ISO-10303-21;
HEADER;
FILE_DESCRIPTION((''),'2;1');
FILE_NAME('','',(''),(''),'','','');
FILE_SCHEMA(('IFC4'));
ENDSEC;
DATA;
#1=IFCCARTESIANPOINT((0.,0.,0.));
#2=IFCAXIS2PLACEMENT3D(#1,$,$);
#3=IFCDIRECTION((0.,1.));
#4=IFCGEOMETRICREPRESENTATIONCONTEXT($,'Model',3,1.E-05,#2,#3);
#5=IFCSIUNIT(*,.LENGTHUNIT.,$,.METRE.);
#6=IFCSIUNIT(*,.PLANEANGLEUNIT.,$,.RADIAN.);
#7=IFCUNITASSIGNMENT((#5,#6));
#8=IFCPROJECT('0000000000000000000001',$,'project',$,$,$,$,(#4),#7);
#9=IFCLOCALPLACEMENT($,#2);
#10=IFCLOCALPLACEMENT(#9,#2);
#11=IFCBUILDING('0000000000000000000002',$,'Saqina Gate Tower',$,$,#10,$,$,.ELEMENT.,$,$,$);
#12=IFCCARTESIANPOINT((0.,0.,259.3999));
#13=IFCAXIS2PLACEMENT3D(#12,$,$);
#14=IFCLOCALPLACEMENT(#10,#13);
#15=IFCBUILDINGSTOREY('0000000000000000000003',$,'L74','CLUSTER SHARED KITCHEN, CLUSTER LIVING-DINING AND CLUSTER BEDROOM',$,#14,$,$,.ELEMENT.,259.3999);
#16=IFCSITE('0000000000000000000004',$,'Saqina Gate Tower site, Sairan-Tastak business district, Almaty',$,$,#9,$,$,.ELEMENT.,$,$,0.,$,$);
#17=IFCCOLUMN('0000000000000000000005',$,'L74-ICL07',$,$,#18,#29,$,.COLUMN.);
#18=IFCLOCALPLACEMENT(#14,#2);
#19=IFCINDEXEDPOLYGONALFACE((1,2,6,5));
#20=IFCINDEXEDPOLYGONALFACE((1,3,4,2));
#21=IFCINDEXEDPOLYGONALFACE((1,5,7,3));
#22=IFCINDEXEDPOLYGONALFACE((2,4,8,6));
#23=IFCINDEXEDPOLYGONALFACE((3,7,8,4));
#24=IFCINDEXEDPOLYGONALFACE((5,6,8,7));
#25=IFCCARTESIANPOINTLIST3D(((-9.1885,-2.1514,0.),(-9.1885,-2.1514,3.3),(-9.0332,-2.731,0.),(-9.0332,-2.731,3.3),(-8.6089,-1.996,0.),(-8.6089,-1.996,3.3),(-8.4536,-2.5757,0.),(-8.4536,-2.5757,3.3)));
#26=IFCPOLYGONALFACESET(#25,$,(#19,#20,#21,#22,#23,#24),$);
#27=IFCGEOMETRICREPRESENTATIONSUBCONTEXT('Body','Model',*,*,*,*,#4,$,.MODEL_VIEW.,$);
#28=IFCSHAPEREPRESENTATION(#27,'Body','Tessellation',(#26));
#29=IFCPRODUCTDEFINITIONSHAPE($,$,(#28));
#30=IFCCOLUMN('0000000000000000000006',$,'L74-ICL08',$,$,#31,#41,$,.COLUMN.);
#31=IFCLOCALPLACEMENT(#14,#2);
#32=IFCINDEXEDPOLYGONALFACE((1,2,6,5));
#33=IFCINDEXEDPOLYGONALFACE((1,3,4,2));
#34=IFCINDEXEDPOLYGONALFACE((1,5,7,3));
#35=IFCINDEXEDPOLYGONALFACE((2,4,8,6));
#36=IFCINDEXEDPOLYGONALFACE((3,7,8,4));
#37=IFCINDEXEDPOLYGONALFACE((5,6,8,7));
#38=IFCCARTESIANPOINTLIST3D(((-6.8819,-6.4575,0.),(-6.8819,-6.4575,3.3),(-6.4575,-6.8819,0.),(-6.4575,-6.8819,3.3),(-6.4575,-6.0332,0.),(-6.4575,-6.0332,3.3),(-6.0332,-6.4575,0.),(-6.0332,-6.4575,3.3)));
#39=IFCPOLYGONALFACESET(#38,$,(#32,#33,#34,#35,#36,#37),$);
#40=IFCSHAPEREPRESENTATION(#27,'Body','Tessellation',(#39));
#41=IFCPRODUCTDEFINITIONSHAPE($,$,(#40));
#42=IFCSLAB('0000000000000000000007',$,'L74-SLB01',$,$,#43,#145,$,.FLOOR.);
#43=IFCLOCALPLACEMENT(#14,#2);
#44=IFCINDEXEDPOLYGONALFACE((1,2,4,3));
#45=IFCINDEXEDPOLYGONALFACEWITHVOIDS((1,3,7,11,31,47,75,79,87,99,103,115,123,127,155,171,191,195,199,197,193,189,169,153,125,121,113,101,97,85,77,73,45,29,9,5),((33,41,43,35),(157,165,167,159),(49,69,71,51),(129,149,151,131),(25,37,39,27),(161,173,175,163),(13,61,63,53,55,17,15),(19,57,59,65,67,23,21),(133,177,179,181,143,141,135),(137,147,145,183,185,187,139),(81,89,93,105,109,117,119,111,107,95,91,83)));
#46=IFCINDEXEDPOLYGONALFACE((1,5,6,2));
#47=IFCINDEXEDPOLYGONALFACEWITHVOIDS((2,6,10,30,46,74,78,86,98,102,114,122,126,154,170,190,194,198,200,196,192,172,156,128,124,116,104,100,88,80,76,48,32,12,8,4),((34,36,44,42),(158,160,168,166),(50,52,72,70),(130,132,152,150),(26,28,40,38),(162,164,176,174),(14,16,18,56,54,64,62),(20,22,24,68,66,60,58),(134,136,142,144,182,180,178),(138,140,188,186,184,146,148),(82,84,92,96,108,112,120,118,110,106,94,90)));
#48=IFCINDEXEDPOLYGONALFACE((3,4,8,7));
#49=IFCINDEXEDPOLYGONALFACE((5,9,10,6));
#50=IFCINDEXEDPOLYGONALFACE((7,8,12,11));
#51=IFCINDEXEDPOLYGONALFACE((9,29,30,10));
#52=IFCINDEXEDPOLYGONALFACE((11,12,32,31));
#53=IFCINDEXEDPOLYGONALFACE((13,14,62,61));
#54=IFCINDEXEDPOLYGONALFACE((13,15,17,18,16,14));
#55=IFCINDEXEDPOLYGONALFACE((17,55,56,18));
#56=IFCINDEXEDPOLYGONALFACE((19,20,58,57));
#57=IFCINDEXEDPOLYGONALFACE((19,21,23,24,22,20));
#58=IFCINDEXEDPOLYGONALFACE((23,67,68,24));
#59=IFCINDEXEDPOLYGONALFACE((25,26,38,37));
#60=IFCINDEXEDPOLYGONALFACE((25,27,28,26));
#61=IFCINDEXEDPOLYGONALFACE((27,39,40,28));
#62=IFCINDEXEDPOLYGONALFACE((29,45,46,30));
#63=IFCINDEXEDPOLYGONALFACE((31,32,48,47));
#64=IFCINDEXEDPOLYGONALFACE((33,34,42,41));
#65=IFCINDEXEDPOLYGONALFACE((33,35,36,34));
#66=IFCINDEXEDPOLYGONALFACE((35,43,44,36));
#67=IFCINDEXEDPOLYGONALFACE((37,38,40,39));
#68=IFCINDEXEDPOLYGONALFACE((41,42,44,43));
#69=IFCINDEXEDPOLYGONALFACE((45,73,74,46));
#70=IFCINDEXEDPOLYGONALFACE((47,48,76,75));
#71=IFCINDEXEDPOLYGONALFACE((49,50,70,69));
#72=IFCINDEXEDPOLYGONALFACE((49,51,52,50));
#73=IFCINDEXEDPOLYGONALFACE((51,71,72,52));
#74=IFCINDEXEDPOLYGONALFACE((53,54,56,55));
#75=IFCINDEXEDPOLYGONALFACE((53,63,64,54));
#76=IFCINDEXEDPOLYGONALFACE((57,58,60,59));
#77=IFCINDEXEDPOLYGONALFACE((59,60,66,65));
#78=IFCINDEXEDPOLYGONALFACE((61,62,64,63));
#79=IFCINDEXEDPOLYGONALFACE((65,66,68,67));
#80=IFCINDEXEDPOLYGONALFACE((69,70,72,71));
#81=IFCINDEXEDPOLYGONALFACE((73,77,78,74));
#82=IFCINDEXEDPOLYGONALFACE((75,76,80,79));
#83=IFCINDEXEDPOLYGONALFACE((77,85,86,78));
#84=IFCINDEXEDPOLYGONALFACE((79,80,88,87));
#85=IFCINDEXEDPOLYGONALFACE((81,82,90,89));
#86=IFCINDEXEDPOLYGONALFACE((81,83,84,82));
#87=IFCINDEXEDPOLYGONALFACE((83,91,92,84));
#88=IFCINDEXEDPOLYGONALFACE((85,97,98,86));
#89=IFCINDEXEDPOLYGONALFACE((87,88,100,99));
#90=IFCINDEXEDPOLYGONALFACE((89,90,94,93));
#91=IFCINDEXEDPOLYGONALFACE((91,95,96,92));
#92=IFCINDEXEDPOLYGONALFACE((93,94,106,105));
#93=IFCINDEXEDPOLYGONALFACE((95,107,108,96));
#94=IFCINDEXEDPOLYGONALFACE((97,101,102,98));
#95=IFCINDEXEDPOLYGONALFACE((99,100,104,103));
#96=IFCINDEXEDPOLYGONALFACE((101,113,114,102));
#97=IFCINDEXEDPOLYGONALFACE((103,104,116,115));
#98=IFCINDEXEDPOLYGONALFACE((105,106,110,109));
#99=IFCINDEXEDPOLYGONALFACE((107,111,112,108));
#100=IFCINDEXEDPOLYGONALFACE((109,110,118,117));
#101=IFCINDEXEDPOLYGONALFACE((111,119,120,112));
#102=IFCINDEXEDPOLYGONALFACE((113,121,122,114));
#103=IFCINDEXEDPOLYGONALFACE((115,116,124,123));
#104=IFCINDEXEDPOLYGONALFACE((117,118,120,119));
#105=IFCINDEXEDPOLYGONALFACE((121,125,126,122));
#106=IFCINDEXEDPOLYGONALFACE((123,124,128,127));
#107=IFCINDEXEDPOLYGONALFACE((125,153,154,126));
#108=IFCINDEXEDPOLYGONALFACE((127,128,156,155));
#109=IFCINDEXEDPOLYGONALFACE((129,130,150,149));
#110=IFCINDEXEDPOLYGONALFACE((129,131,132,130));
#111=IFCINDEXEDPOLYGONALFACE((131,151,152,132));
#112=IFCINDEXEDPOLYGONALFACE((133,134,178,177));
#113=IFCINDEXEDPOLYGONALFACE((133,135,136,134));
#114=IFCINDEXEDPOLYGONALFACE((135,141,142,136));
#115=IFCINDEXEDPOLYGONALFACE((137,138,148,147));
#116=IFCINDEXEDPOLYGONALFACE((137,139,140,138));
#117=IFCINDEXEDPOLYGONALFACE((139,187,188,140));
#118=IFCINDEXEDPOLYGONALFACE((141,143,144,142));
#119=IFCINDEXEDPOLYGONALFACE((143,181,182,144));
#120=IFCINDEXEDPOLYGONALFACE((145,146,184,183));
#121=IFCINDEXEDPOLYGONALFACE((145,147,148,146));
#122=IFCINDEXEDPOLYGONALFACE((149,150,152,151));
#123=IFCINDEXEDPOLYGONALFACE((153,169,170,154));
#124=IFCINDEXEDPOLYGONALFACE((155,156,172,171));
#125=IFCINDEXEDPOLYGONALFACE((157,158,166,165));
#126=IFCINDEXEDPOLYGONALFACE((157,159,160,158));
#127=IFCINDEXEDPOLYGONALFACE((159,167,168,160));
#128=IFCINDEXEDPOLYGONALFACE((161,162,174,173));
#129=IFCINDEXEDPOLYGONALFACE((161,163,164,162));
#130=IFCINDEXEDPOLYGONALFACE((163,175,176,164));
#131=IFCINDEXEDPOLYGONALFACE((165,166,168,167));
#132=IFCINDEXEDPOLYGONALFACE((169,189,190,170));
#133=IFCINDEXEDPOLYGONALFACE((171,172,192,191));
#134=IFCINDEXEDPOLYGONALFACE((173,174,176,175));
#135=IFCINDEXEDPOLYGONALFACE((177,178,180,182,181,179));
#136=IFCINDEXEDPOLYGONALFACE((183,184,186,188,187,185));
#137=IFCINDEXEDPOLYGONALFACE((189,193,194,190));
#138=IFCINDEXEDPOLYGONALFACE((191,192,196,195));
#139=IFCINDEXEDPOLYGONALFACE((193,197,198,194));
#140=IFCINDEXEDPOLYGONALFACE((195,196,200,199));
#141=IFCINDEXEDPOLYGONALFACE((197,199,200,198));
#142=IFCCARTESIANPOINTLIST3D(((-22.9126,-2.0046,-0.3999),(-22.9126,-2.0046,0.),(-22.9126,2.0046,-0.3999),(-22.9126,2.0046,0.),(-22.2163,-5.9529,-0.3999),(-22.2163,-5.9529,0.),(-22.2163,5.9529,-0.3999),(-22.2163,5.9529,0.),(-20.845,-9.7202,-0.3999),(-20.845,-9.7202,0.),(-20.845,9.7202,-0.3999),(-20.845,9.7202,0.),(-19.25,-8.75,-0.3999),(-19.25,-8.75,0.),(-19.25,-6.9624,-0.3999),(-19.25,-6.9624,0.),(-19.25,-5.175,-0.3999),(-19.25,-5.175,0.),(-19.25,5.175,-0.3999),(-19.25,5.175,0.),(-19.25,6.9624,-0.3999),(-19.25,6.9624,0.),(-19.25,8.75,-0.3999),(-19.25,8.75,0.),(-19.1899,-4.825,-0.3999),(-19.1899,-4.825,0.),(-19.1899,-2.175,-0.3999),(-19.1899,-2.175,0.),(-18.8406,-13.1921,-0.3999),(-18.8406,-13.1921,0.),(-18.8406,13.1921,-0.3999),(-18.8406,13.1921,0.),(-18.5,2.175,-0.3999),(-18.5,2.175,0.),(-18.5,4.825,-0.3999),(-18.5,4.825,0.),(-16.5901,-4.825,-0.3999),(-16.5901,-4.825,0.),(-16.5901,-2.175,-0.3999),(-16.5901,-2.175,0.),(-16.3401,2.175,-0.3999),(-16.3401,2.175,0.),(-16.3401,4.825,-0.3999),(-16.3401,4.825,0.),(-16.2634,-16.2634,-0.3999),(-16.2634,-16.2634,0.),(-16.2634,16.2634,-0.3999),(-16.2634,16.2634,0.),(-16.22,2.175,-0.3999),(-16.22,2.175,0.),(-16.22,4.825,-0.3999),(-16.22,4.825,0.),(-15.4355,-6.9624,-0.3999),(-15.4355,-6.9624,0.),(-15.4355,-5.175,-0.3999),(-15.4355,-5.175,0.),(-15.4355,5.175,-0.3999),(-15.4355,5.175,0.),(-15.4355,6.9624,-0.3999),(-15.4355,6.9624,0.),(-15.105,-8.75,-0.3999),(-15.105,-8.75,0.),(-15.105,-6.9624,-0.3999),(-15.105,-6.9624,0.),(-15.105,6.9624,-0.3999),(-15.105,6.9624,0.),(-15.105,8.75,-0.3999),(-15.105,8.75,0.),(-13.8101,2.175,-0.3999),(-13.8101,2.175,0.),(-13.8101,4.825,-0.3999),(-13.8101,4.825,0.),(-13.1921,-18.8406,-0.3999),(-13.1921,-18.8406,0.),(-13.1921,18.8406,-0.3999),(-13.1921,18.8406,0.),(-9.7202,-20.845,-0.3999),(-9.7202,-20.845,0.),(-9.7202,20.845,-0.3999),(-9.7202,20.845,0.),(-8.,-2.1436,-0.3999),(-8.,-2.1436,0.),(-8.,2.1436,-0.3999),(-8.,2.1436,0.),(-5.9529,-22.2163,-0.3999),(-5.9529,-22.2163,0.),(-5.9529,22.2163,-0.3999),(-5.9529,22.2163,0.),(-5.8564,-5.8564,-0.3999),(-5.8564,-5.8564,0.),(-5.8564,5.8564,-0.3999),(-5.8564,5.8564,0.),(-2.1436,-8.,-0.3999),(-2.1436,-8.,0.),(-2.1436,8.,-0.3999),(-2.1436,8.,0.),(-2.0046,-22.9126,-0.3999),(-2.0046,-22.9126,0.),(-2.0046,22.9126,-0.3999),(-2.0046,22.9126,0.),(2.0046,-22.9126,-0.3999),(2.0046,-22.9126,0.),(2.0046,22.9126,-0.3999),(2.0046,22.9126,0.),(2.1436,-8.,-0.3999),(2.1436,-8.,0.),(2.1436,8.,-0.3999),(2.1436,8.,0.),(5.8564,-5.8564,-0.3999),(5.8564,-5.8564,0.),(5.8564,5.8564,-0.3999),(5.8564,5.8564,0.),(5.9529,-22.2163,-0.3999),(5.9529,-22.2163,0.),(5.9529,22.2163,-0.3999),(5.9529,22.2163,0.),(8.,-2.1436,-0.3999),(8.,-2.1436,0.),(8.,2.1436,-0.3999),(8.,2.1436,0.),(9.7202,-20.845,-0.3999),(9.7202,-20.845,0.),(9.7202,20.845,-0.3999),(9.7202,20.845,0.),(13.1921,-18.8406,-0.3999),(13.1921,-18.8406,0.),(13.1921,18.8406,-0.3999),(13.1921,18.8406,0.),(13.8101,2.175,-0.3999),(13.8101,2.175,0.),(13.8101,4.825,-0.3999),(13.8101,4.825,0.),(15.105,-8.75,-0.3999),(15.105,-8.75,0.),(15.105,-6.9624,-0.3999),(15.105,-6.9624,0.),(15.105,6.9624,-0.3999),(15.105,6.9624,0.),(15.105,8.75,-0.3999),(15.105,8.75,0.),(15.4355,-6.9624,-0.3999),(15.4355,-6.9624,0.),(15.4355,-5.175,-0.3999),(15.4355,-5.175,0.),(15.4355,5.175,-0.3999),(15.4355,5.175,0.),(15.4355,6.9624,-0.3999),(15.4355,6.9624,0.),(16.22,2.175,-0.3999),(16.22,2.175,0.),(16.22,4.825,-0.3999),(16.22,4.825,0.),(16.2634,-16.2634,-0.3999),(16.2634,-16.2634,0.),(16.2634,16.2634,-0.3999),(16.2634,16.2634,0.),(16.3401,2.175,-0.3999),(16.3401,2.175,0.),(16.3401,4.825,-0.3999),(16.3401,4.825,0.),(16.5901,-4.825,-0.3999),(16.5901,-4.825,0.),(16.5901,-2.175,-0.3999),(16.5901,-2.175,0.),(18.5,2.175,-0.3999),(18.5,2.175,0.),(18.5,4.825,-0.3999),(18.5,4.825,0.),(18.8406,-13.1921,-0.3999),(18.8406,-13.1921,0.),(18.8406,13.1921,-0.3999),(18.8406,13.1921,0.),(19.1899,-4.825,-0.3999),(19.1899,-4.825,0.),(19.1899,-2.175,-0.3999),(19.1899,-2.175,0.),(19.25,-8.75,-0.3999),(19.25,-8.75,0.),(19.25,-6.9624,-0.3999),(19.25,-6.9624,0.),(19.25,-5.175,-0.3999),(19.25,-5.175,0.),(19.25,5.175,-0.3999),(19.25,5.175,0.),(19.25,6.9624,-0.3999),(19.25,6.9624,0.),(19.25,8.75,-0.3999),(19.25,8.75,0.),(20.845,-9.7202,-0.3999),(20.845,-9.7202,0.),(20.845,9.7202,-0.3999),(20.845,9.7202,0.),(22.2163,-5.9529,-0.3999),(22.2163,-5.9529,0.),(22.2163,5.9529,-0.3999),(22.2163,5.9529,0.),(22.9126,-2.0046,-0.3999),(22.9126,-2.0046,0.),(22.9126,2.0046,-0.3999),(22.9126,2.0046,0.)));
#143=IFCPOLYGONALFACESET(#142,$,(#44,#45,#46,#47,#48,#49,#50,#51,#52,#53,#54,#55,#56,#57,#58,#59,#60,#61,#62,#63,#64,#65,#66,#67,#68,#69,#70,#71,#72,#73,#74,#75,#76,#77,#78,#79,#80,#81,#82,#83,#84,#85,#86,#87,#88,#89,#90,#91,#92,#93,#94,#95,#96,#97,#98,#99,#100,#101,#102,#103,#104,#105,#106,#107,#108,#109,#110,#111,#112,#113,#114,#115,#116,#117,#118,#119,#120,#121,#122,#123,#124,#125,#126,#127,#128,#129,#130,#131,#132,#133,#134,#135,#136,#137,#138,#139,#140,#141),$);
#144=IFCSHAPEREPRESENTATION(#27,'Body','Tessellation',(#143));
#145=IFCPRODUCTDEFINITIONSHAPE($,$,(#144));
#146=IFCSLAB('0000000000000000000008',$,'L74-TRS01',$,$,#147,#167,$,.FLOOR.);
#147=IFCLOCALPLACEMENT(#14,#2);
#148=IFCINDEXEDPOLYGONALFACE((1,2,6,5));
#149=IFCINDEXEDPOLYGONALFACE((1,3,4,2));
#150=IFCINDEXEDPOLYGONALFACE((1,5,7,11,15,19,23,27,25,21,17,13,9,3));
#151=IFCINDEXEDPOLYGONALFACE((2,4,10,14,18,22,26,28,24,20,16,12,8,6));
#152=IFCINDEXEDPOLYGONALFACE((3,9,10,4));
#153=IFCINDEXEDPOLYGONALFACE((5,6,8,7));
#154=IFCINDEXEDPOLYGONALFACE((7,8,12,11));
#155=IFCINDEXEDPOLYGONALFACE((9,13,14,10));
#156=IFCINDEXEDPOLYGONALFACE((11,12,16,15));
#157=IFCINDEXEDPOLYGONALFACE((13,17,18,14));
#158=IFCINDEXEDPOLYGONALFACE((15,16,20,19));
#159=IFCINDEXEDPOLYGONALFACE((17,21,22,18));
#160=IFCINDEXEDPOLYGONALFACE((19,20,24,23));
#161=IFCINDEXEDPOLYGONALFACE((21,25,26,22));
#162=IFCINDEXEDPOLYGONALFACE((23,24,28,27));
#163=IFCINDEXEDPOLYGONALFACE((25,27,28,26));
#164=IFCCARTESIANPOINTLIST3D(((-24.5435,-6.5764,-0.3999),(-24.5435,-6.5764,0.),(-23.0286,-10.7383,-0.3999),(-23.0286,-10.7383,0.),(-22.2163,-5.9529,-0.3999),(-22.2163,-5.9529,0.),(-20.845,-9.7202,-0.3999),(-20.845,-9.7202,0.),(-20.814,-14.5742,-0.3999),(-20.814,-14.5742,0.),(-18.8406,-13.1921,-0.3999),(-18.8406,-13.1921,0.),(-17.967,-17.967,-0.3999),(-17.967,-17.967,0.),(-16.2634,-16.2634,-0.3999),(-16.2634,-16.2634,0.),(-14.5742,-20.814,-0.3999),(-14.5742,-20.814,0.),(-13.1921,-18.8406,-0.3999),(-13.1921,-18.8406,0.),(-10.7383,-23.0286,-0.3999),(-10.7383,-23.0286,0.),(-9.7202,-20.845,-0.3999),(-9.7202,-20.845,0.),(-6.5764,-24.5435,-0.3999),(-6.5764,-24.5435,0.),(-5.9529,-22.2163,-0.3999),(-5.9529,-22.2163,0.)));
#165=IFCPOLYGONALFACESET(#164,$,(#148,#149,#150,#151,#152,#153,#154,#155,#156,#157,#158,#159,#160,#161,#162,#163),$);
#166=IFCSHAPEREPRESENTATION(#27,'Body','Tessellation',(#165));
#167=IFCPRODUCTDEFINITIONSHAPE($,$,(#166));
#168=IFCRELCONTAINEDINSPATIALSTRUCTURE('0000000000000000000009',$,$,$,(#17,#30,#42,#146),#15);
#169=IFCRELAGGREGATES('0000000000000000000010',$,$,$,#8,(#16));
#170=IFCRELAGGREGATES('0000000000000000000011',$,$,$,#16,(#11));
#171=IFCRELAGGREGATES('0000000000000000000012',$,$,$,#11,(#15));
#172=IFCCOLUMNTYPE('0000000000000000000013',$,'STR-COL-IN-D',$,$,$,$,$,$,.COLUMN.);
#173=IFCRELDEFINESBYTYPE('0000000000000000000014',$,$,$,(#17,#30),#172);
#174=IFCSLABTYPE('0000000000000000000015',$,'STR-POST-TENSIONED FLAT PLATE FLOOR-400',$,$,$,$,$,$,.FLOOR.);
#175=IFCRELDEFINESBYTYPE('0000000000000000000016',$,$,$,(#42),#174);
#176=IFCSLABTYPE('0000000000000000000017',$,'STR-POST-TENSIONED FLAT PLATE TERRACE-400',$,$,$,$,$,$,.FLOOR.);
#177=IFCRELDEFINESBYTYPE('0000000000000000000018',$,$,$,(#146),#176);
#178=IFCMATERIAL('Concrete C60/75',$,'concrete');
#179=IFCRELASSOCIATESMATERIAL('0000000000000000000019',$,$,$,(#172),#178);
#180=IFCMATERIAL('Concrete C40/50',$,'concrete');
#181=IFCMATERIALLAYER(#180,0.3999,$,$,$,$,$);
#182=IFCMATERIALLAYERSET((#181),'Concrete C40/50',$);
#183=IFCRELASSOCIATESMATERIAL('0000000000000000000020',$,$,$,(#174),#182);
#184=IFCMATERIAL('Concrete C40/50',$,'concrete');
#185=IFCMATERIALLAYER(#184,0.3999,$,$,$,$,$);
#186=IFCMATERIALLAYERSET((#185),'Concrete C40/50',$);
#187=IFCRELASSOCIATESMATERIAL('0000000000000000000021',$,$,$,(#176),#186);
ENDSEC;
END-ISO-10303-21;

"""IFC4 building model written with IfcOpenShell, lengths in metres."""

from ifc_helpers import new_model, si_unit, direction, frame, origin, origin_2d, place, context, subcontext, project, spatial, polyline, rectangle, outline, extrude, material, layer, layer_set, material_profile, profile_set, type_object, element, save


model = new_model("IFC4")

# Units and contexts
model_context = context("Model", 3, precision=1e-05, world=origin(), true_north=direction((0.0, 1.0)))
body_context = subcontext(model_context, "Body", "Model", "MODEL_VIEW")
ifc_project = project(units=[si_unit("LENGTHUNIT", "METRE"), si_unit("PLANEANGLEUNIT", "RADIAN")], contexts=[model_context])

# Site, building, storey
site_placement = place(None, origin())
site = spatial("IfcSite", under=ifc_project, at=site_placement, Name="Saqina Gate Tower site, Sairan-Tastak business district, Almaty", CompositionType="ELEMENT", RefElevation=0.0)
building_placement = place(site_placement, origin())
building = spatial("IfcBuilding", under=site, at=building_placement, Name="Saqina Gate Tower", CompositionType="ELEMENT")
storey_placement = place(building_placement, frame((0.0, 0.0, 259.3999)))
storey = spatial("IfcBuildingStorey", under=building, at=storey_placement, Name="L74", Description="CLUSTER SHARED KITCHEN, CLUSTER LIVING-DINING AND CLUSTER BEDROOM", CompositionType="ELEMENT", Elevation=259.3999)

# Columns
ifc_material_1 = material(Name="Concrete C60/75", Category="concrete")
ifc_material_profile = material_profile(ifc_material_1, rectangle(XDim=0.6001, YDim=0.6001, at=origin_2d()), Name="RC 600x600")
ifc_profile_set = profile_set([ifc_material_profile], Name="Concrete C60/75")
column_type = type_object("IfcColumnType", Name="STR-COL-IN-D", PredefinedType="COLUMN", material=ifc_profile_set)
for number, where, z_axis, x_axis, name in (
    (1, (-8.821, -2.3635, 0.0), (0.0, 0.0, 1.0), (-0.965926, -0.258819, 0.0), "L74-ICL07"),
    (2, (-6.4575, -6.4575, 0.0), (0.0, 0.0, 1.0), (-0.707107, -0.707107, 0.0), "L74-ICL08"),
):
    element("IfcColumn", number, at=place(storey_placement, frame(where, z_axis=z_axis, x_axis=x_axis)), inside=storey, type_object=column_type, Name=name, PredefinedType="COLUMN", context=body_context, shape_type="SweptSolid", body=[
        extrude(rectangle(XDim=0.6001, YDim=0.6001, at=origin_2d()), origin(), (0.0, 0.0, 1.0), 3.3),
    ])

# Slabs
ifc_material_2 = material(Name="Concrete C40/50", Category="concrete")
ifc_layer_1 = layer(ifc_material_2, 0.3999)
ifc_layer_set_1 = layer_set([ifc_layer_1], Name="Concrete C40/50")
slab_type_1 = type_object("IfcSlabType", Name="STR-POST-TENSIONED FLAT PLATE FLOOR-400", PredefinedType="FLOOR", material=ifc_layer_set_1)
slab_1_placement = place(storey_placement, frame((0.0, 0.0, -0.3999)))
element("IfcSlab", 3, at=slab_1_placement, inside=storey, type_object=slab_type_1, Name="L74-SLB01", PredefinedType="FLOOR", context=body_context, shape_type="SweptSolid", body=[
    extrude(outline(polyline([(22.2163, -5.9529), (22.9126, -2.0046), (22.9126, 2.0046), (22.2163, 5.9529), (20.845, 9.7202), (18.8406, 13.1921), (16.2634, 16.2634), (13.1921, 18.8406), (9.7202, 20.845), (5.9529, 22.2163), (2.0046, 22.9126), (-2.0046, 22.9126), (-5.9529, 22.2163), (-9.7202, 20.845), (-13.1921, 18.8406), (-16.2634, 16.2634), (-18.8406, 13.1921), (-20.845, 9.7202), (-22.2163, 5.9529), (-22.9126, 2.0046), (-22.9126, -2.0046), (-22.2163, -5.9529), (-20.845, -9.7202), (-18.8406, -13.1921), (-16.2634, -16.2634), (-13.1921, -18.8406), (-9.7202, -20.845), (-5.9529, -22.2163), (-2.0046, -22.9126), (2.0046, -22.9126), (5.9529, -22.2163), (9.7202, -20.845), (13.1921, -18.8406), (16.2634, -16.2634), (18.8406, -13.1921), (20.845, -9.7202), (22.2163, -5.9529)]), holes=[polyline([(2.1436, 8.0), (5.8564, 5.8564), (8.0, 2.1436), (8.0, -2.1436), (5.8564, -5.8564), (2.1436, -8.0), (-2.1436, -8.0), (-5.8564, -5.8564), (-8.0, -2.1436), (-8.0, 2.1436), (-5.8564, 5.8564), (-2.1436, 8.0), (2.1436, 8.0)]), polyline([(-15.105, -8.75), (-19.25, -8.75), (-19.25, -6.9624), (-19.25, -5.175), (-15.4355, -5.175), (-15.4355, -6.9624), (-15.105, -6.9624), (-15.105, -8.75)]), polyline([(-16.5901, -2.175), (-16.5901, -4.825), (-19.1899, -4.825), (-19.1899, -2.175), (-16.5901, -2.175)]), polyline([(-16.3401, 4.825), (-16.3401, 2.175), (-18.5, 2.175), (-18.5, 4.825), (-16.3401, 4.825)]), polyline([(-13.8101, 4.825), (-13.8101, 2.175), (-16.22, 2.175), (-16.22, 4.825), (-13.8101, 4.825)]), polyline([(-19.25, 6.9624), (-19.25, 8.75), (-15.105, 8.75), (-15.105, 6.9624), (-15.4355, 6.9624), (-15.4355, 5.175), (-19.25, 5.175), (-19.25, 6.9624)]), polyline([(15.105, -8.75), (15.105, -6.9624), (15.4355, -6.9624), (15.4355, -5.175), (19.25, -5.175), (19.25, -6.9624), (19.25, -8.75), (15.105, -8.75)]), polyline([(19.1899, -2.175), (19.1899, -4.825), (16.5901, -4.825), (16.5901, -2.175), (19.1899, -2.175)]), polyline([(16.22, 4.825), (16.22, 2.175), (13.8101, 2.175), (13.8101, 4.825), (16.22, 4.825)]), polyline([(18.5, 4.825), (18.5, 2.175), (16.3401, 2.175), (16.3401, 4.825), (18.5, 4.825)]), polyline([(15.4355, 6.9624), (15.105, 6.9624), (15.105, 8.75), (19.25, 8.75), (19.25, 6.9624), (19.25, 5.175), (15.4355, 5.175), (15.4355, 6.9624)])]), origin(), (0.0, 0.0, 1.0), 0.3999),
])
ifc_material_3 = material(Name="Concrete C40/50", Category="concrete")
ifc_layer_2 = layer(ifc_material_3, 0.3999)
ifc_layer_set_2 = layer_set([ifc_layer_2], Name="Concrete C40/50")
slab_type_2 = type_object("IfcSlabType", Name="STR-POST-TENSIONED FLAT PLATE TERRACE-400", PredefinedType="FLOOR", material=ifc_layer_set_2)
slab_2_placement = place(storey_placement, frame((0.0, 0.0, -0.3999)))
element("IfcSlab", 4, at=slab_2_placement, inside=storey, type_object=slab_type_2, Name="L74-TRS01", PredefinedType="FLOOR", context=body_context, shape_type="SweptSolid", body=[
    extrude(outline(polyline([(-22.2163, -5.9529), (-20.845, -9.7202), (-18.8406, -13.1921), (-16.2634, -16.2634), (-13.1921, -18.8406), (-9.7202, -20.845), (-5.9529, -22.2163), (-6.5764, -24.5435), (-10.7383, -23.0286), (-14.5742, -20.814), (-17.967, -17.967), (-20.814, -14.5742), (-23.0286, -10.7383), (-24.5435, -6.5764), (-22.2163, -5.9529)])), origin(), (0.0, 0.0, 1.0), 0.3999),
])

save(model, "model.ifc")
